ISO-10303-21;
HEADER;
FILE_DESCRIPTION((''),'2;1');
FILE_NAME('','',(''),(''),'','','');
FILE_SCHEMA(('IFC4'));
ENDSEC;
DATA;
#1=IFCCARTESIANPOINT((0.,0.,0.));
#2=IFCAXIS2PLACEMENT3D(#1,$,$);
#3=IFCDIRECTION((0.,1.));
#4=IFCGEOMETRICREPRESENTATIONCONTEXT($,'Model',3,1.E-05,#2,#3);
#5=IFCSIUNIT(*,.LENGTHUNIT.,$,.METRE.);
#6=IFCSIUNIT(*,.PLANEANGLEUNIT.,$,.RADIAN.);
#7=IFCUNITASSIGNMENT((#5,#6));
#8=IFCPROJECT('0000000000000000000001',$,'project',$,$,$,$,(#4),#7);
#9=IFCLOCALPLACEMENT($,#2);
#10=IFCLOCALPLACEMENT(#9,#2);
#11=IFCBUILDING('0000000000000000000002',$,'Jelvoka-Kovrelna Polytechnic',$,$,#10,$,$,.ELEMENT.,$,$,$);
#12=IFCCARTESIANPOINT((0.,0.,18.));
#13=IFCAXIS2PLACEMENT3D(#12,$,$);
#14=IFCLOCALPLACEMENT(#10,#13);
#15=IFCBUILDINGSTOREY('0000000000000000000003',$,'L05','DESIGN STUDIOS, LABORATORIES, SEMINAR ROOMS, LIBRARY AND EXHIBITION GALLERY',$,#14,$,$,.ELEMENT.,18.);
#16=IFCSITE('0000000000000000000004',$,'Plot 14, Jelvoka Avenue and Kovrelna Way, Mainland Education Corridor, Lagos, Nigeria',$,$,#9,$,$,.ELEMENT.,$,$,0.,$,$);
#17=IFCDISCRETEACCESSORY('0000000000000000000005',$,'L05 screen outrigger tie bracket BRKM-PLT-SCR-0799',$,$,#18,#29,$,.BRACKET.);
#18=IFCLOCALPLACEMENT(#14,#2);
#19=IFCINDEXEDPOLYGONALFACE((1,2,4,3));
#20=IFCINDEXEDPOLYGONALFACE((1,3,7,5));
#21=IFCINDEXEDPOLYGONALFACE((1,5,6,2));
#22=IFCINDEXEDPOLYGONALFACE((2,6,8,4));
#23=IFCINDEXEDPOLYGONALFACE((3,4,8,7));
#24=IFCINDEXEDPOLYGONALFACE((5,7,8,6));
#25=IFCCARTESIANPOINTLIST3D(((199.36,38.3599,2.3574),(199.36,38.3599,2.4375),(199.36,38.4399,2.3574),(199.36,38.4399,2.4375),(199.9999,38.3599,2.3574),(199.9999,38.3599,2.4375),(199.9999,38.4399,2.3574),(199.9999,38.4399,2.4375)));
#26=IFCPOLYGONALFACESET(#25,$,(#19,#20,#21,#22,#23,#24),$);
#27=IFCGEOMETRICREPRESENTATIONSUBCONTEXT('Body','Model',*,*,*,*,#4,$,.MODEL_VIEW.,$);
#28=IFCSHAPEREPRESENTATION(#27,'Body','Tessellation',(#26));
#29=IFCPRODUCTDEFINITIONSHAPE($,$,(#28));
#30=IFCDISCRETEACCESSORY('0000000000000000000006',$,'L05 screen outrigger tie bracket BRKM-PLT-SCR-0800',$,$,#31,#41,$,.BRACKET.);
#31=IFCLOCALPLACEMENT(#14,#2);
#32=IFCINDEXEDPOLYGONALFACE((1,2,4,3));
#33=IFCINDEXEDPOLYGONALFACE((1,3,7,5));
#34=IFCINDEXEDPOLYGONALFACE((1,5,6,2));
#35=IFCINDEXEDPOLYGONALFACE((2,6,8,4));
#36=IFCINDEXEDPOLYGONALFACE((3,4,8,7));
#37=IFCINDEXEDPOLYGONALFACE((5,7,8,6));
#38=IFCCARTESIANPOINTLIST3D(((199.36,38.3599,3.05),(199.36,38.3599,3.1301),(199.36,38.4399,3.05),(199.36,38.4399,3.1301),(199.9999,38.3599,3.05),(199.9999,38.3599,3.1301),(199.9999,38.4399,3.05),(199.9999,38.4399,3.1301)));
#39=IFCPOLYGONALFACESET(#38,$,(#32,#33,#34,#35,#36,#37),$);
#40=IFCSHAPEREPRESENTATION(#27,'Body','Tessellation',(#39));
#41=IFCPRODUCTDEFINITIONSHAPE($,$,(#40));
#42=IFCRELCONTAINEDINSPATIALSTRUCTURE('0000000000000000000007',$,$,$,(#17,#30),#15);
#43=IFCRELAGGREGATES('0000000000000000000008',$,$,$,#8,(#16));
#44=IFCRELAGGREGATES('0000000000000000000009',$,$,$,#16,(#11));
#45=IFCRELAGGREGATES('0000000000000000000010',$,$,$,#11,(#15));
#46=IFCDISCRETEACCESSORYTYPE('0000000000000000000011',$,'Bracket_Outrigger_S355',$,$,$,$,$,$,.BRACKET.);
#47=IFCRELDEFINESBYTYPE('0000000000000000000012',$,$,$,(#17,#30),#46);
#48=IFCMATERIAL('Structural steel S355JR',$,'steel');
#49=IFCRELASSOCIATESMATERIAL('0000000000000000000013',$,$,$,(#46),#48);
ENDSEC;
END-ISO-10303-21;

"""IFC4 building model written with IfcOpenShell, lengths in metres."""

from ifc_helpers import new_model, si_unit, direction, frame, origin, origin_2d, place, context, subcontext, project, spatial, rectangle, extrude, material, type_object, element, save


model = new_model("IFC4")

# Units and contexts
model_context = context("Model", 3, precision=1e-05, world=origin(), true_north=direction((0.0, 1.0)))
body_context = subcontext(model_context, "Body", "Model", "MODEL_VIEW")
ifc_project = project(units=[si_unit("LENGTHUNIT", "METRE"), si_unit("PLANEANGLEUNIT", "RADIAN")], contexts=[model_context])

# Site, building, storey
site_placement = place(None, origin())
site = spatial("IfcSite", under=ifc_project, at=site_placement, Name="Plot 14, Jelvoka Avenue and Kovrelna Way, Mainland Education Corridor, Lagos, Nigeria", CompositionType="ELEMENT", RefElevation=0.0)
building_placement = place(site_placement, origin())
building = spatial("IfcBuilding", under=site, at=building_placement, Name="Jelvoka-Kovrelna Polytechnic", CompositionType="ELEMENT")
storey_placement = place(building_placement, frame((0.0, 0.0, 18.0)))
storey = spatial("IfcBuildingStorey", under=building, at=storey_placement, Name="L05", Description="DESIGN STUDIOS, LABORATORIES, SEMINAR ROOMS, LIBRARY AND EXHIBITION GALLERY", CompositionType="ELEMENT", Elevation=18.0)

# Discrete accessories
ifc_material_1 = material(Name="Structural steel S355JR", Category="steel")
discrete_accessory_type = type_object("IfcDiscreteAccessoryType", Name="Bracket_Outrigger_S355", PredefinedType="BRACKET", material=ifc_material_1)
for number, where, z_axis, x_axis, name in (
    (1, (199.6799, 38.3999, 2.3574), (0.0, 0.0, 1.0), (1.0, 0.0, 0.0), "L05 screen outrigger tie bracket BRKM-PLT-SCR-0799"),
    (2, (199.6799, 38.3999, 3.05), (0.0, 0.0, 1.0), (1.0, 0.0, 0.0), "L05 screen outrigger tie bracket BRKM-PLT-SCR-0800"),
):
    element("IfcDiscreteAccessory", number, at=place(storey_placement, frame(where, z_axis=z_axis, x_axis=x_axis)), inside=storey, type_object=discrete_accessory_type, Name=name, PredefinedType="BRACKET", context=body_context, shape_type="SweptSolid", body=[
        extrude(rectangle(XDim=0.6399, YDim=0.0801, at=origin_2d()), origin(), (0.0, 0.0, 1.0), 0.0801),
    ])

save(model, "model.ifc")
